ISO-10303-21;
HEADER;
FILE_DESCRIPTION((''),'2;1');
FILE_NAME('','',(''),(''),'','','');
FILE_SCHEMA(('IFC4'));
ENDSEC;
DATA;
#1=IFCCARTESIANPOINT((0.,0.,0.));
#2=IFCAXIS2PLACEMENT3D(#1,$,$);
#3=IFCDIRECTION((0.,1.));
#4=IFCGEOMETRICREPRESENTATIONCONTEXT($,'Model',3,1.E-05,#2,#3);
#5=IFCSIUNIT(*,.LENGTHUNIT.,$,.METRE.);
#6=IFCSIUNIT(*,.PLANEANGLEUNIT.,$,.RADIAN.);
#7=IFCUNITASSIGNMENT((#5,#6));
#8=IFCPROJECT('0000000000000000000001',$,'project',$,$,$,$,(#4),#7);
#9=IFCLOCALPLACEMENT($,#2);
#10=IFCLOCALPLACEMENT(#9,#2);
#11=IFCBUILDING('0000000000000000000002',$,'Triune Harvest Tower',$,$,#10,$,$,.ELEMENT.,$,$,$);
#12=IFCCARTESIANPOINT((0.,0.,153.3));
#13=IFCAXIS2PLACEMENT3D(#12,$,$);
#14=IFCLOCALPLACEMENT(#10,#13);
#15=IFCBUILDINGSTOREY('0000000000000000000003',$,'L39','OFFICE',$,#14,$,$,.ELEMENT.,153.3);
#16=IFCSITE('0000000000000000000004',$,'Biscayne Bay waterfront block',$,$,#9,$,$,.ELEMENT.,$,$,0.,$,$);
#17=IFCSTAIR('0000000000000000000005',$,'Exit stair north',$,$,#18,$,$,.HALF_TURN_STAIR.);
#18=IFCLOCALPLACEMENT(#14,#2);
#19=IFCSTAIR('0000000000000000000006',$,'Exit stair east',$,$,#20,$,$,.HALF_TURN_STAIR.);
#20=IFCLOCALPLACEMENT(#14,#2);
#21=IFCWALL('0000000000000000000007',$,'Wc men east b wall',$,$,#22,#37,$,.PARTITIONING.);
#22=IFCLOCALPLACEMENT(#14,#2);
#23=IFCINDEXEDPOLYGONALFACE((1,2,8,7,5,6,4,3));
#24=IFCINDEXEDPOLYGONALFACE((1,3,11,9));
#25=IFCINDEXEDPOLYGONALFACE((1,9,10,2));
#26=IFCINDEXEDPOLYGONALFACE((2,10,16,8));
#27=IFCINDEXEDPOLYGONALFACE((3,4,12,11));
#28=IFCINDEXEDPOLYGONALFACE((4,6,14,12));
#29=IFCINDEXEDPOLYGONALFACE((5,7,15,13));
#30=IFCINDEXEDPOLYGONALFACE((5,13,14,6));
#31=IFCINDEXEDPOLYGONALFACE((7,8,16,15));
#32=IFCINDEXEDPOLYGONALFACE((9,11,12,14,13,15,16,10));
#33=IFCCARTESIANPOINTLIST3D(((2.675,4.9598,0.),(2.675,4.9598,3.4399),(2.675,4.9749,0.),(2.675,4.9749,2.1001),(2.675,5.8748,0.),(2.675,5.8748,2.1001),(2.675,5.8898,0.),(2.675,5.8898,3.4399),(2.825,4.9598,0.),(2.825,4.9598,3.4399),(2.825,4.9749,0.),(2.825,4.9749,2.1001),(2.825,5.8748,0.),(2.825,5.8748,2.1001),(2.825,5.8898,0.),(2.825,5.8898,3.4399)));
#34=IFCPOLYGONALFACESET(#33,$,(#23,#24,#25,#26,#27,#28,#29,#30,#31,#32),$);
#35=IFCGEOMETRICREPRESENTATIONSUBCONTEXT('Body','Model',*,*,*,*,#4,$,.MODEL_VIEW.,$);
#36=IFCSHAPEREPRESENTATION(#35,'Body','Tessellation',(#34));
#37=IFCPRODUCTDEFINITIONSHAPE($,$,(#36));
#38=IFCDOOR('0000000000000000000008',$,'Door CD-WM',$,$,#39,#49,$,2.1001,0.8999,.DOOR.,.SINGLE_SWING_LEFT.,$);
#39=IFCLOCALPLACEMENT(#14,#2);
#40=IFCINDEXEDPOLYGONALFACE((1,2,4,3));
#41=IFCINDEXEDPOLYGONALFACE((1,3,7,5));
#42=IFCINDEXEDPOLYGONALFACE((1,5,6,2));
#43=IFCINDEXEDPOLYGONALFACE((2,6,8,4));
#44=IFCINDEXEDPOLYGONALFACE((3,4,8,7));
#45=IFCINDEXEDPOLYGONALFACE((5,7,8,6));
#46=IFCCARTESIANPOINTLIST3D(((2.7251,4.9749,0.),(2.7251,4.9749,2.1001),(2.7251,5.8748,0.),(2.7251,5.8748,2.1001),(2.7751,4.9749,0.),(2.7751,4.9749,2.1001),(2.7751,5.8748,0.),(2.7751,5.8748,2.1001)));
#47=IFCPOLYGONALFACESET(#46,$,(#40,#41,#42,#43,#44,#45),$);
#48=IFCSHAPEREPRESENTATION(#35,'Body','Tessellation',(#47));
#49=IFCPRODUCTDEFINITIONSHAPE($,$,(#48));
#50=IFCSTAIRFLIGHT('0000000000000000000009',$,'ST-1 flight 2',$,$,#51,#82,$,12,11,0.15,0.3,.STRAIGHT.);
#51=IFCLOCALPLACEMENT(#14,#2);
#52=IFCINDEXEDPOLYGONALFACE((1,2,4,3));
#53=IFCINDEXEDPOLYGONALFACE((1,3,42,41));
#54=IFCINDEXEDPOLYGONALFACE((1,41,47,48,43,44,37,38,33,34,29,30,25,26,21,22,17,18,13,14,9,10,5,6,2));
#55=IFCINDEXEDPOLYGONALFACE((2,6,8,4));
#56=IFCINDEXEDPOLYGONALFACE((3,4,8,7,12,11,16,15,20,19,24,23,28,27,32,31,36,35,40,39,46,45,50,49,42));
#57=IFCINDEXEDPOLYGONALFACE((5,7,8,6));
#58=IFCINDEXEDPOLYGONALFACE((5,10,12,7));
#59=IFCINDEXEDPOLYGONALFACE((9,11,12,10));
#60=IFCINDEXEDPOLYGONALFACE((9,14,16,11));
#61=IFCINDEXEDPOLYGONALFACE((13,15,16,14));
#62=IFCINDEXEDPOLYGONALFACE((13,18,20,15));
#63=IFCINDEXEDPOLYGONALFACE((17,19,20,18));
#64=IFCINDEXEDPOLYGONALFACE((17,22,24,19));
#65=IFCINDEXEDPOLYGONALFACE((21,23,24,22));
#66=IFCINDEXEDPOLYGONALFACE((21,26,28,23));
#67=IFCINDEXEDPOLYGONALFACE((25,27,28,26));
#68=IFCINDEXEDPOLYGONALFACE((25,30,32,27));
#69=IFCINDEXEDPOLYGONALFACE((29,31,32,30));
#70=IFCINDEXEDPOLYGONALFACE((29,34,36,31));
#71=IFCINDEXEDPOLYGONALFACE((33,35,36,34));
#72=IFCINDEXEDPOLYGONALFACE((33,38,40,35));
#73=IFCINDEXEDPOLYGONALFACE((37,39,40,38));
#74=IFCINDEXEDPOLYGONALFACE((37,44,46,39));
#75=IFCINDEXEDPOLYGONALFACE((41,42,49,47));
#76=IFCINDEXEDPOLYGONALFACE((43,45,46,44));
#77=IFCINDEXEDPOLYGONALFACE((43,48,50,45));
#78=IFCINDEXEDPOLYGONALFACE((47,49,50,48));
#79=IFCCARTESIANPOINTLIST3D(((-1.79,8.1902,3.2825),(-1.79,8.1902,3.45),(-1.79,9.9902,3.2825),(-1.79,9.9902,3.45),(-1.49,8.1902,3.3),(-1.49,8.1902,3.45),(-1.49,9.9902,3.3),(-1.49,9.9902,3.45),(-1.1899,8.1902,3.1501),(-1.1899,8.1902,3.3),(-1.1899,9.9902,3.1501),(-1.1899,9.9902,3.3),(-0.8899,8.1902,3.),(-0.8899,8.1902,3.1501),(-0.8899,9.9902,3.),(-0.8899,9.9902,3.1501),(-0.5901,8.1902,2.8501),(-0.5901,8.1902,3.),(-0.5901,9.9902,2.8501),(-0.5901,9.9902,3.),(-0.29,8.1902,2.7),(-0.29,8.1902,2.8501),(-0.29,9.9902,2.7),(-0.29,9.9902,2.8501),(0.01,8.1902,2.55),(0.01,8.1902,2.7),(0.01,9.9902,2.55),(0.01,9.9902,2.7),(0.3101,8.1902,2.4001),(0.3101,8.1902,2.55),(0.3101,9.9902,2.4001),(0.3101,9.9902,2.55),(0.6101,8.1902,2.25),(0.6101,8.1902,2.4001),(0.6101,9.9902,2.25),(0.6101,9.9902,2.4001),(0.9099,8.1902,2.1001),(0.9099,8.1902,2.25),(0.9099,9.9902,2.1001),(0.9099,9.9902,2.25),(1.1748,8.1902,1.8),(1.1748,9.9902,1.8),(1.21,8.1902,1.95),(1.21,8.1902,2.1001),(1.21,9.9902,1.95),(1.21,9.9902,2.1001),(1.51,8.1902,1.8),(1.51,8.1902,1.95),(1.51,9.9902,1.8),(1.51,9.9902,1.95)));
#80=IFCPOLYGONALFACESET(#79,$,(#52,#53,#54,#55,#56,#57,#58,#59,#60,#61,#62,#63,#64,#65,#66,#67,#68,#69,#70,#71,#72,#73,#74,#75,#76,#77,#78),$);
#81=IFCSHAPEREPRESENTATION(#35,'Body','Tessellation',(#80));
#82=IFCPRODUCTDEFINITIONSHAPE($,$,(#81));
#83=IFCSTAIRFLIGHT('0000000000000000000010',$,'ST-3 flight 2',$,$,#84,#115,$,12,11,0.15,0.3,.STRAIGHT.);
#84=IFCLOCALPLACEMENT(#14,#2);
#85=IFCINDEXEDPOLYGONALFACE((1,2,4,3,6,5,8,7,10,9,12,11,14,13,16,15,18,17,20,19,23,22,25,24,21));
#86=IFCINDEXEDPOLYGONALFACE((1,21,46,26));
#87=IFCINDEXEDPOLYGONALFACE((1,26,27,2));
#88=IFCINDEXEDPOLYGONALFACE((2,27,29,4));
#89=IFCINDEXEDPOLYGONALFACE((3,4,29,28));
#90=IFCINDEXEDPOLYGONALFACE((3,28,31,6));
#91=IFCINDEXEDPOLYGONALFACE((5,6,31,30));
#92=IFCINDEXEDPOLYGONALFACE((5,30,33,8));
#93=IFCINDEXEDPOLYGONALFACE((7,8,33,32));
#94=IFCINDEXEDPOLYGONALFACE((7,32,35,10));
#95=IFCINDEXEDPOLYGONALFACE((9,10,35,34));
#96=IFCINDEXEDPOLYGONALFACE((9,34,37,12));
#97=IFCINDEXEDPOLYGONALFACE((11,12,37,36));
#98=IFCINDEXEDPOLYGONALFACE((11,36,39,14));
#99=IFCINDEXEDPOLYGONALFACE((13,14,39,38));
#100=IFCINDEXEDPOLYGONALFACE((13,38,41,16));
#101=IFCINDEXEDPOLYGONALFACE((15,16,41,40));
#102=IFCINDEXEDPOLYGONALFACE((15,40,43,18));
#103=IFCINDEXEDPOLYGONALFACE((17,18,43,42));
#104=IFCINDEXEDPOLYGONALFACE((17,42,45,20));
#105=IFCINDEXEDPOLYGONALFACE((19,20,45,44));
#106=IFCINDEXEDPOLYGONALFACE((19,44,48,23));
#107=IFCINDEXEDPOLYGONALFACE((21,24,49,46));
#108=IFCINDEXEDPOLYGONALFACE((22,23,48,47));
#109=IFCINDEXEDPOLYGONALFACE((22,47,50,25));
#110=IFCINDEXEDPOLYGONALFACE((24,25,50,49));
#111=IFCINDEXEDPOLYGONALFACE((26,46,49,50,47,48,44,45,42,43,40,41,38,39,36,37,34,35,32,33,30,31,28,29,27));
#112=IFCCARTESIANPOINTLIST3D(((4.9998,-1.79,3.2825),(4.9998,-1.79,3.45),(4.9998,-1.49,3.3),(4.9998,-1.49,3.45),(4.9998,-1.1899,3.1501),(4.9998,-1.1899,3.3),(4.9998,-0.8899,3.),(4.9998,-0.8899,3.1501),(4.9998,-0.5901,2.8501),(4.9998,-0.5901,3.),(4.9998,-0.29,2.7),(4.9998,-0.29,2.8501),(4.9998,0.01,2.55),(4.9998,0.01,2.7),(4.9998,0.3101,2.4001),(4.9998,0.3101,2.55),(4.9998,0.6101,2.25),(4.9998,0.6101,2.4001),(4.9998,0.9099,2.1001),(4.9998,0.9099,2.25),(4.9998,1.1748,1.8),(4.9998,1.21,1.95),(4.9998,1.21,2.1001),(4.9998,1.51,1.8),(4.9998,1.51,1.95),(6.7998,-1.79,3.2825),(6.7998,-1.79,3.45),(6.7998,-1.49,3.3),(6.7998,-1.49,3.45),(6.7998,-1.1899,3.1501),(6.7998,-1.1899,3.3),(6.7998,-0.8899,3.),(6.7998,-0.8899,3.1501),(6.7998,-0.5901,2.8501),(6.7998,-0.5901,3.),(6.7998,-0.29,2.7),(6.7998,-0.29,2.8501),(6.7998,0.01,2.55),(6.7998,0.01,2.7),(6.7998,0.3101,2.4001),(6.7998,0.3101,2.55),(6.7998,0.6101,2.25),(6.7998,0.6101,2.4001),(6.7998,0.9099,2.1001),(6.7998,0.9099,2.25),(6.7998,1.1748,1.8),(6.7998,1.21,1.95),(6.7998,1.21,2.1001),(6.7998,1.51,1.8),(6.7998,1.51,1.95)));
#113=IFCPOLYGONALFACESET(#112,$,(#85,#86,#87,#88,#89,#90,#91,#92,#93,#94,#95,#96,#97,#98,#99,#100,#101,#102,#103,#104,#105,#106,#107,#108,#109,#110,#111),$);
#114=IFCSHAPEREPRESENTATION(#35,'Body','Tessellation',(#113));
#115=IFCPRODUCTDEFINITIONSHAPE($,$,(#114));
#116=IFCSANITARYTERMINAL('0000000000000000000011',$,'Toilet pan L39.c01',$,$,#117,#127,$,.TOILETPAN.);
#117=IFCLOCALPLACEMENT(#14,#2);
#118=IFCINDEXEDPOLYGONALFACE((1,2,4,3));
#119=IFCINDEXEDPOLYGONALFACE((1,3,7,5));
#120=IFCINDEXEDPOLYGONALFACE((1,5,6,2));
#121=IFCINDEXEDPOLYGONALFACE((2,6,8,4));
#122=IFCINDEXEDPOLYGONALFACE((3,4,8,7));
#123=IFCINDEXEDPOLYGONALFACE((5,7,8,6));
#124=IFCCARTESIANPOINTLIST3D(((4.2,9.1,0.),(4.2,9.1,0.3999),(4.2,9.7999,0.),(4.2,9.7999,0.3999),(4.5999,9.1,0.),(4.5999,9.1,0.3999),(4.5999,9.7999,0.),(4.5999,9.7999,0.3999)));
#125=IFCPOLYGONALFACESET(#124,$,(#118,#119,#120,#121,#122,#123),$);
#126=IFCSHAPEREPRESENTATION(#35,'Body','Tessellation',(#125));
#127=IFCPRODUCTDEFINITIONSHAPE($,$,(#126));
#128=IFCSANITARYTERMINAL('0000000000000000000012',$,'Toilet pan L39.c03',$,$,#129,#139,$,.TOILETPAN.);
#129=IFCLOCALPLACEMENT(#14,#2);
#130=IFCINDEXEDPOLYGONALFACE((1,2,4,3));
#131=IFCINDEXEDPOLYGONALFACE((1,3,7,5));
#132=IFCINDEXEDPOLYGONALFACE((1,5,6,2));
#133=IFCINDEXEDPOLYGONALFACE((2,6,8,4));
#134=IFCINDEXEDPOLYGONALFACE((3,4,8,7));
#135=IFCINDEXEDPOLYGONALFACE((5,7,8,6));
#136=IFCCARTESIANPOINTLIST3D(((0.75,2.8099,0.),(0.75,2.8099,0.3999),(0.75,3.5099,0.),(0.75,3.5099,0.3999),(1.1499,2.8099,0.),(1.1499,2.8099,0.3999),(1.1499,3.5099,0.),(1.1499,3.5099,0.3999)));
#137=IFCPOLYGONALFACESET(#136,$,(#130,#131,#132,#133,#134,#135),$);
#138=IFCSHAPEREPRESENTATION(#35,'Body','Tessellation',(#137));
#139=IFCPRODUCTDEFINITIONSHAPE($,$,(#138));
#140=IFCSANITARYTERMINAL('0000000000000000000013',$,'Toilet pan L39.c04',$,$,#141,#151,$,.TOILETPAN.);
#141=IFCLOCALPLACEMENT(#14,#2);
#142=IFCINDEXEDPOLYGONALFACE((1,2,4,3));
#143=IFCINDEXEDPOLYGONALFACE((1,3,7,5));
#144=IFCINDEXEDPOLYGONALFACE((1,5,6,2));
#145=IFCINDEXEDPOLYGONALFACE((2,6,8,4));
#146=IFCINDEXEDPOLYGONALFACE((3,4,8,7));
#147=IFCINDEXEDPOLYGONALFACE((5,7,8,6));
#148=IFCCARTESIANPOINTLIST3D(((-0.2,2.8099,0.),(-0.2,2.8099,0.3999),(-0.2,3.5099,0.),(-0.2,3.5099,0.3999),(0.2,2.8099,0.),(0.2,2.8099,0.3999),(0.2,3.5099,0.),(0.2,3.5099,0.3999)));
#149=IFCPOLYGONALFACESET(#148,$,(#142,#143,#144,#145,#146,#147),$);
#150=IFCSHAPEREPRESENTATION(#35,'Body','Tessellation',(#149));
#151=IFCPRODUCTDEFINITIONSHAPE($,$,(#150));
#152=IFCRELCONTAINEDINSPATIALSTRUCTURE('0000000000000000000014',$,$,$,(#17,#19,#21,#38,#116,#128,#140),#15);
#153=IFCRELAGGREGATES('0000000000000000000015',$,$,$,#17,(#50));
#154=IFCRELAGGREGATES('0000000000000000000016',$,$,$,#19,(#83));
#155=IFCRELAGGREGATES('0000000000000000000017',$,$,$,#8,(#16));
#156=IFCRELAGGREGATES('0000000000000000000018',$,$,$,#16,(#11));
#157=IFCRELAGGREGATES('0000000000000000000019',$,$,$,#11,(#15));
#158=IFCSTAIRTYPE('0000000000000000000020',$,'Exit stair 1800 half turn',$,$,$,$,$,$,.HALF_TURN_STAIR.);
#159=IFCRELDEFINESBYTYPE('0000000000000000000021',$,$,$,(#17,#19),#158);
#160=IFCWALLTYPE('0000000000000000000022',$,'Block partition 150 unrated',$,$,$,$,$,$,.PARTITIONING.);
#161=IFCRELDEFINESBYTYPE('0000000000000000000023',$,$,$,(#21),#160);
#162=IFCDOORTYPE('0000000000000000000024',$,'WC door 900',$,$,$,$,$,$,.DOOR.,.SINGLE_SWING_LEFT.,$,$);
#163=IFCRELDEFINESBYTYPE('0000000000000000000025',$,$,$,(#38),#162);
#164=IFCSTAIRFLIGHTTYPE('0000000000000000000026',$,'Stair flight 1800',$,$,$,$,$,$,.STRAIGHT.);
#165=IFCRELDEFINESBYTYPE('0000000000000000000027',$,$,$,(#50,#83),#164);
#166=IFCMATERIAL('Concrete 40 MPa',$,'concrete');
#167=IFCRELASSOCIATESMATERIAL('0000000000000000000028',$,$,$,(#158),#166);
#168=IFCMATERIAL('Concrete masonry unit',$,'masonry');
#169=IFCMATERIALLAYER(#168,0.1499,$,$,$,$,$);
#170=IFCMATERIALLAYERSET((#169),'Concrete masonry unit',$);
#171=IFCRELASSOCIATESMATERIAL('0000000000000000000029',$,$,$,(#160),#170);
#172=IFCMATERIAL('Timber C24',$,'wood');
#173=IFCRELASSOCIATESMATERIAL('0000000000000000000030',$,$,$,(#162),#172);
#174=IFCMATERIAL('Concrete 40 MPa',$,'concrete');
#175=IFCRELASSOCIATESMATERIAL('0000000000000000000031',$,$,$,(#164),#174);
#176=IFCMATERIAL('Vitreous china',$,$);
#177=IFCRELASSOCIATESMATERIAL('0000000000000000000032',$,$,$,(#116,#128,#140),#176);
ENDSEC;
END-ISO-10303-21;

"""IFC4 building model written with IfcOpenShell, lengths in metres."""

from ifc_helpers import new_model, si_unit, direction, frame, frame_2d, origin, origin_2d, place, context, subcontext, project, spatial, polyline, rectangle, outline, extrude, source, transform, mapped, material, layer, layer_set, type_object, element, fill, aggregate, save


model = new_model("IFC4")

# Units and contexts
model_context = context("Model", 3, precision=1e-05, world=origin(), true_north=direction((0.0, 1.0)))
body_context = subcontext(model_context, "Body", "Model", "MODEL_VIEW")
ifc_project = project(units=[si_unit("LENGTHUNIT", "METRE"), si_unit("PLANEANGLEUNIT", "RADIAN")], contexts=[model_context])

# Site, building, storey
site_placement = place(None, origin())
site = spatial("IfcSite", under=ifc_project, at=site_placement, Name="Biscayne Bay waterfront block", CompositionType="ELEMENT", RefElevation=0.0)
building_placement = place(site_placement, origin())
building = spatial("IfcBuilding", under=site, at=building_placement, Name="Triune Harvest Tower", CompositionType="ELEMENT")
storey_placement = place(building_placement, frame((0.0, 0.0, 153.3)))
storey = spatial("IfcBuildingStorey", under=building, at=storey_placement, Name="L39", Description="OFFICE", CompositionType="ELEMENT", Elevation=153.3)

# Stairs
ifc_material_1 = material(Name="Concrete 40 MPa", Category="concrete")
stair_type = type_object("IfcStairType", Name="Exit stair 1800 half turn", PredefinedType="HALF_TURN_STAIR", material=ifc_material_1)
stair_1_placement = place(storey_placement, origin())
stair_1 = element("IfcStair", 1, at=stair_1_placement, inside=storey, type_object=stair_type, Name="Exit stair north", PredefinedType="HALF_TURN_STAIR")
stair_2_placement = place(storey_placement, origin())
stair_2 = element("IfcStair", 2, at=stair_2_placement, inside=storey, type_object=stair_type, Name="Exit stair east", PredefinedType="HALF_TURN_STAIR")

# Wall, opening, door
ifc_material_2 = material(Name="Concrete masonry unit", Category="masonry")
ifc_layer_1 = layer(ifc_material_2, 0.1499)
ifc_layer_set_1 = layer_set([ifc_layer_1], Name="Concrete masonry unit")
wall_type_1 = type_object("IfcWallType", Name="Block partition 150 unrated", PredefinedType="PARTITIONING", material=ifc_layer_set_1)
ifc_material_3 = material(Name="Timber C24", Category="wood")
door_type_1 = type_object("IfcDoorType", Name="WC door 900", OperationType="SINGLE_SWING_LEFT", PredefinedType="DOOR", material=ifc_material_3)
shared_shape_1 = source(origin(), body_context, "Body", "SweptSolid", [
    extrude(rectangle(XDim=0.9299, YDim=0.1499, at=frame_2d((0.4648, 0.0))), origin(), (0.0, 0.0, 1.0), 3.4399),
])
wall_1_placement = place(storey_placement, frame((2.75, 4.96, 0.0), z_axis=(0.0, 0.0, 1.0), x_axis=(0.0, 1.0, 0.0)))
wall_1 = element("IfcWall", 3, at=wall_1_placement, inside=storey, type_object=wall_type_1, Name="Wc men east b wall", PredefinedType="PARTITIONING", context=body_context, shape_type="MappedRepresentation", body=[
    mapped(shared_shape_1, transform((0.0, 0.0, 0.0), scale=1.0)),
])
opening_1_placement = place(wall_1_placement, frame((0.0149, 0.0, 0.0)))
opening_1 = element("IfcOpeningElement", 4, at=opening_1_placement, cuts=wall_1, PredefinedType="OPENING", context=body_context, shape_type="SweptSolid", body=[
    extrude(rectangle(XDim=0.8999, YDim=2.1001, at=frame_2d((0.45, 1.05))), frame((0.0, 0.085, 0.0), z_axis=(0.0, -1.0, 0.0), x_axis=(1.0, 0.0, 0.0)), (0.0, 0.0, 1.0), 0.1699),
])
door_1_placement = place(opening_1_placement, origin())
door_1 = element("IfcDoor", 5, at=door_1_placement, inside=storey, type_object=door_type_1, Name="Door CD-WM", OperationType="SINGLE_SWING_LEFT", OverallHeight=2.1001, OverallWidth=0.8999, PredefinedType="DOOR", context=body_context, shape_type="SweptSolid", body=[
    extrude(rectangle(XDim=0.8999, YDim=2.1001, at=frame_2d((0.45, 1.05))), frame((0.0, 0.0249, 0.0), z_axis=(0.0, -1.0, 0.0), x_axis=(1.0, 0.0, 0.0)), (0.0, 0.0, 1.0), 0.05),
])
fill(opening_1, door_1)

# Stair flights
ifc_material_4 = material(Name="Concrete 40 MPa", Category="concrete")
stair_flight_type = type_object("IfcStairFlightType", Name="Stair flight 1800", PredefinedType="STRAIGHT", material=ifc_material_4)
shared_shape_2 = source(origin(), body_context, "Body", "SweptSolid", [
    extrude(outline(polyline([(0.0, 0.0), (0.0, 0.1499), (0.3, 0.1499), (0.3, 0.3), (0.6001, 0.3), (0.6001, 0.45), (0.8999, 0.45), (0.8999, 0.6001), (1.2, 0.6001), (1.2, 0.75), (1.5, 0.75), (1.5, 0.8999), (1.8, 0.8999), (1.8, 1.05), (2.1001, 1.05), (2.1001, 1.2), (2.3999, 1.2), (2.3999, 1.3501), (2.7, 1.3501), (2.7, 1.5), (3.0, 1.5), (3.0, 1.6499), (3.3, 1.6499), (3.3, 1.8), (3.3, 1.4824), (0.3352, 0.0), (0.0, 0.0)])), frame((0.0, 0.8999, 0.0), z_axis=(0.0, -1.0, 0.0), x_axis=(1.0, 0.0, 0.0)), (0.0, 0.0, 1.0), 1.8),
])
stair_flight_1_placement = place(storey_placement, frame((1.51, 9.0901, 1.8), z_axis=(0.0, 0.0, 1.0), x_axis=(-1.0, 0.0, 0.0)))
stair_flight_1 = element("IfcStairFlight", 6, at=stair_flight_1_placement, type_object=stair_flight_type, Name="ST-1 flight 2", NumberOfRisers=12, NumberOfTreads=11, PredefinedType="STRAIGHT", RiserHeight=0.15, TreadLength=0.3, context=body_context, shape_type="MappedRepresentation", body=[
    mapped(shared_shape_2, transform((0.0, 0.0, 0.0), scale=1.0)),
])
aggregate(stair_1, [stair_flight_1])
stair_flight_2_placement = place(storey_placement, frame((5.8999, 1.51, 1.8), z_axis=(0.0, 0.0, 1.0), x_axis=(0.0, -1.0, 0.0)))
stair_flight_2 = element("IfcStairFlight", 7, at=stair_flight_2_placement, type_object=stair_flight_type, Name="ST-3 flight 2", NumberOfRisers=12, NumberOfTreads=11, PredefinedType="STRAIGHT", RiserHeight=0.15, TreadLength=0.3, context=body_context, shape_type="MappedRepresentation", body=[
    mapped(shared_shape_2, transform((0.0, 0.0, 0.0), scale=1.0)),
])
aggregate(stair_2, [stair_flight_2])

# Sanitary terminals
ifc_material_5 = material(Name="Vitreous china")
shared_shape_3 = source(origin(), body_context, "Body", "SweptSolid", [
    extrude(rectangle(XDim=0.3999, YDim=0.7, at=origin_2d()), origin(), (0.0, 0.0, 1.0), 0.3999),
])
for number, where, z_axis, x_axis, name in (
    (8, (4.3999, 9.45, 0.0), (0.0, 0.0, 1.0), (1.0, 0.0, 0.0), "Toilet pan L39.c01"),
    (9, (0.95, 3.1599, 0.0), (0.0, 0.0, 1.0), (-1.0, 0.0, 0.0), "Toilet pan L39.c03"),
    (10, (0.0, 3.1599, 0.0), (0.0, 0.0, 1.0), (-1.0, 0.0, 0.0), "Toilet pan L39.c04"),
):
    element("IfcSanitaryTerminal", number, at=place(storey_placement, frame(where, z_axis=z_axis, x_axis=x_axis)), inside=storey, material=ifc_material_5, Name=name, PredefinedType="TOILETPAN", context=body_context, shape_type="MappedRepresentation", body=[
        mapped(shared_shape_3, transform((0.0, 0.0, 0.0), scale=1.0)),
    ])

save(model, "model.ifc")
